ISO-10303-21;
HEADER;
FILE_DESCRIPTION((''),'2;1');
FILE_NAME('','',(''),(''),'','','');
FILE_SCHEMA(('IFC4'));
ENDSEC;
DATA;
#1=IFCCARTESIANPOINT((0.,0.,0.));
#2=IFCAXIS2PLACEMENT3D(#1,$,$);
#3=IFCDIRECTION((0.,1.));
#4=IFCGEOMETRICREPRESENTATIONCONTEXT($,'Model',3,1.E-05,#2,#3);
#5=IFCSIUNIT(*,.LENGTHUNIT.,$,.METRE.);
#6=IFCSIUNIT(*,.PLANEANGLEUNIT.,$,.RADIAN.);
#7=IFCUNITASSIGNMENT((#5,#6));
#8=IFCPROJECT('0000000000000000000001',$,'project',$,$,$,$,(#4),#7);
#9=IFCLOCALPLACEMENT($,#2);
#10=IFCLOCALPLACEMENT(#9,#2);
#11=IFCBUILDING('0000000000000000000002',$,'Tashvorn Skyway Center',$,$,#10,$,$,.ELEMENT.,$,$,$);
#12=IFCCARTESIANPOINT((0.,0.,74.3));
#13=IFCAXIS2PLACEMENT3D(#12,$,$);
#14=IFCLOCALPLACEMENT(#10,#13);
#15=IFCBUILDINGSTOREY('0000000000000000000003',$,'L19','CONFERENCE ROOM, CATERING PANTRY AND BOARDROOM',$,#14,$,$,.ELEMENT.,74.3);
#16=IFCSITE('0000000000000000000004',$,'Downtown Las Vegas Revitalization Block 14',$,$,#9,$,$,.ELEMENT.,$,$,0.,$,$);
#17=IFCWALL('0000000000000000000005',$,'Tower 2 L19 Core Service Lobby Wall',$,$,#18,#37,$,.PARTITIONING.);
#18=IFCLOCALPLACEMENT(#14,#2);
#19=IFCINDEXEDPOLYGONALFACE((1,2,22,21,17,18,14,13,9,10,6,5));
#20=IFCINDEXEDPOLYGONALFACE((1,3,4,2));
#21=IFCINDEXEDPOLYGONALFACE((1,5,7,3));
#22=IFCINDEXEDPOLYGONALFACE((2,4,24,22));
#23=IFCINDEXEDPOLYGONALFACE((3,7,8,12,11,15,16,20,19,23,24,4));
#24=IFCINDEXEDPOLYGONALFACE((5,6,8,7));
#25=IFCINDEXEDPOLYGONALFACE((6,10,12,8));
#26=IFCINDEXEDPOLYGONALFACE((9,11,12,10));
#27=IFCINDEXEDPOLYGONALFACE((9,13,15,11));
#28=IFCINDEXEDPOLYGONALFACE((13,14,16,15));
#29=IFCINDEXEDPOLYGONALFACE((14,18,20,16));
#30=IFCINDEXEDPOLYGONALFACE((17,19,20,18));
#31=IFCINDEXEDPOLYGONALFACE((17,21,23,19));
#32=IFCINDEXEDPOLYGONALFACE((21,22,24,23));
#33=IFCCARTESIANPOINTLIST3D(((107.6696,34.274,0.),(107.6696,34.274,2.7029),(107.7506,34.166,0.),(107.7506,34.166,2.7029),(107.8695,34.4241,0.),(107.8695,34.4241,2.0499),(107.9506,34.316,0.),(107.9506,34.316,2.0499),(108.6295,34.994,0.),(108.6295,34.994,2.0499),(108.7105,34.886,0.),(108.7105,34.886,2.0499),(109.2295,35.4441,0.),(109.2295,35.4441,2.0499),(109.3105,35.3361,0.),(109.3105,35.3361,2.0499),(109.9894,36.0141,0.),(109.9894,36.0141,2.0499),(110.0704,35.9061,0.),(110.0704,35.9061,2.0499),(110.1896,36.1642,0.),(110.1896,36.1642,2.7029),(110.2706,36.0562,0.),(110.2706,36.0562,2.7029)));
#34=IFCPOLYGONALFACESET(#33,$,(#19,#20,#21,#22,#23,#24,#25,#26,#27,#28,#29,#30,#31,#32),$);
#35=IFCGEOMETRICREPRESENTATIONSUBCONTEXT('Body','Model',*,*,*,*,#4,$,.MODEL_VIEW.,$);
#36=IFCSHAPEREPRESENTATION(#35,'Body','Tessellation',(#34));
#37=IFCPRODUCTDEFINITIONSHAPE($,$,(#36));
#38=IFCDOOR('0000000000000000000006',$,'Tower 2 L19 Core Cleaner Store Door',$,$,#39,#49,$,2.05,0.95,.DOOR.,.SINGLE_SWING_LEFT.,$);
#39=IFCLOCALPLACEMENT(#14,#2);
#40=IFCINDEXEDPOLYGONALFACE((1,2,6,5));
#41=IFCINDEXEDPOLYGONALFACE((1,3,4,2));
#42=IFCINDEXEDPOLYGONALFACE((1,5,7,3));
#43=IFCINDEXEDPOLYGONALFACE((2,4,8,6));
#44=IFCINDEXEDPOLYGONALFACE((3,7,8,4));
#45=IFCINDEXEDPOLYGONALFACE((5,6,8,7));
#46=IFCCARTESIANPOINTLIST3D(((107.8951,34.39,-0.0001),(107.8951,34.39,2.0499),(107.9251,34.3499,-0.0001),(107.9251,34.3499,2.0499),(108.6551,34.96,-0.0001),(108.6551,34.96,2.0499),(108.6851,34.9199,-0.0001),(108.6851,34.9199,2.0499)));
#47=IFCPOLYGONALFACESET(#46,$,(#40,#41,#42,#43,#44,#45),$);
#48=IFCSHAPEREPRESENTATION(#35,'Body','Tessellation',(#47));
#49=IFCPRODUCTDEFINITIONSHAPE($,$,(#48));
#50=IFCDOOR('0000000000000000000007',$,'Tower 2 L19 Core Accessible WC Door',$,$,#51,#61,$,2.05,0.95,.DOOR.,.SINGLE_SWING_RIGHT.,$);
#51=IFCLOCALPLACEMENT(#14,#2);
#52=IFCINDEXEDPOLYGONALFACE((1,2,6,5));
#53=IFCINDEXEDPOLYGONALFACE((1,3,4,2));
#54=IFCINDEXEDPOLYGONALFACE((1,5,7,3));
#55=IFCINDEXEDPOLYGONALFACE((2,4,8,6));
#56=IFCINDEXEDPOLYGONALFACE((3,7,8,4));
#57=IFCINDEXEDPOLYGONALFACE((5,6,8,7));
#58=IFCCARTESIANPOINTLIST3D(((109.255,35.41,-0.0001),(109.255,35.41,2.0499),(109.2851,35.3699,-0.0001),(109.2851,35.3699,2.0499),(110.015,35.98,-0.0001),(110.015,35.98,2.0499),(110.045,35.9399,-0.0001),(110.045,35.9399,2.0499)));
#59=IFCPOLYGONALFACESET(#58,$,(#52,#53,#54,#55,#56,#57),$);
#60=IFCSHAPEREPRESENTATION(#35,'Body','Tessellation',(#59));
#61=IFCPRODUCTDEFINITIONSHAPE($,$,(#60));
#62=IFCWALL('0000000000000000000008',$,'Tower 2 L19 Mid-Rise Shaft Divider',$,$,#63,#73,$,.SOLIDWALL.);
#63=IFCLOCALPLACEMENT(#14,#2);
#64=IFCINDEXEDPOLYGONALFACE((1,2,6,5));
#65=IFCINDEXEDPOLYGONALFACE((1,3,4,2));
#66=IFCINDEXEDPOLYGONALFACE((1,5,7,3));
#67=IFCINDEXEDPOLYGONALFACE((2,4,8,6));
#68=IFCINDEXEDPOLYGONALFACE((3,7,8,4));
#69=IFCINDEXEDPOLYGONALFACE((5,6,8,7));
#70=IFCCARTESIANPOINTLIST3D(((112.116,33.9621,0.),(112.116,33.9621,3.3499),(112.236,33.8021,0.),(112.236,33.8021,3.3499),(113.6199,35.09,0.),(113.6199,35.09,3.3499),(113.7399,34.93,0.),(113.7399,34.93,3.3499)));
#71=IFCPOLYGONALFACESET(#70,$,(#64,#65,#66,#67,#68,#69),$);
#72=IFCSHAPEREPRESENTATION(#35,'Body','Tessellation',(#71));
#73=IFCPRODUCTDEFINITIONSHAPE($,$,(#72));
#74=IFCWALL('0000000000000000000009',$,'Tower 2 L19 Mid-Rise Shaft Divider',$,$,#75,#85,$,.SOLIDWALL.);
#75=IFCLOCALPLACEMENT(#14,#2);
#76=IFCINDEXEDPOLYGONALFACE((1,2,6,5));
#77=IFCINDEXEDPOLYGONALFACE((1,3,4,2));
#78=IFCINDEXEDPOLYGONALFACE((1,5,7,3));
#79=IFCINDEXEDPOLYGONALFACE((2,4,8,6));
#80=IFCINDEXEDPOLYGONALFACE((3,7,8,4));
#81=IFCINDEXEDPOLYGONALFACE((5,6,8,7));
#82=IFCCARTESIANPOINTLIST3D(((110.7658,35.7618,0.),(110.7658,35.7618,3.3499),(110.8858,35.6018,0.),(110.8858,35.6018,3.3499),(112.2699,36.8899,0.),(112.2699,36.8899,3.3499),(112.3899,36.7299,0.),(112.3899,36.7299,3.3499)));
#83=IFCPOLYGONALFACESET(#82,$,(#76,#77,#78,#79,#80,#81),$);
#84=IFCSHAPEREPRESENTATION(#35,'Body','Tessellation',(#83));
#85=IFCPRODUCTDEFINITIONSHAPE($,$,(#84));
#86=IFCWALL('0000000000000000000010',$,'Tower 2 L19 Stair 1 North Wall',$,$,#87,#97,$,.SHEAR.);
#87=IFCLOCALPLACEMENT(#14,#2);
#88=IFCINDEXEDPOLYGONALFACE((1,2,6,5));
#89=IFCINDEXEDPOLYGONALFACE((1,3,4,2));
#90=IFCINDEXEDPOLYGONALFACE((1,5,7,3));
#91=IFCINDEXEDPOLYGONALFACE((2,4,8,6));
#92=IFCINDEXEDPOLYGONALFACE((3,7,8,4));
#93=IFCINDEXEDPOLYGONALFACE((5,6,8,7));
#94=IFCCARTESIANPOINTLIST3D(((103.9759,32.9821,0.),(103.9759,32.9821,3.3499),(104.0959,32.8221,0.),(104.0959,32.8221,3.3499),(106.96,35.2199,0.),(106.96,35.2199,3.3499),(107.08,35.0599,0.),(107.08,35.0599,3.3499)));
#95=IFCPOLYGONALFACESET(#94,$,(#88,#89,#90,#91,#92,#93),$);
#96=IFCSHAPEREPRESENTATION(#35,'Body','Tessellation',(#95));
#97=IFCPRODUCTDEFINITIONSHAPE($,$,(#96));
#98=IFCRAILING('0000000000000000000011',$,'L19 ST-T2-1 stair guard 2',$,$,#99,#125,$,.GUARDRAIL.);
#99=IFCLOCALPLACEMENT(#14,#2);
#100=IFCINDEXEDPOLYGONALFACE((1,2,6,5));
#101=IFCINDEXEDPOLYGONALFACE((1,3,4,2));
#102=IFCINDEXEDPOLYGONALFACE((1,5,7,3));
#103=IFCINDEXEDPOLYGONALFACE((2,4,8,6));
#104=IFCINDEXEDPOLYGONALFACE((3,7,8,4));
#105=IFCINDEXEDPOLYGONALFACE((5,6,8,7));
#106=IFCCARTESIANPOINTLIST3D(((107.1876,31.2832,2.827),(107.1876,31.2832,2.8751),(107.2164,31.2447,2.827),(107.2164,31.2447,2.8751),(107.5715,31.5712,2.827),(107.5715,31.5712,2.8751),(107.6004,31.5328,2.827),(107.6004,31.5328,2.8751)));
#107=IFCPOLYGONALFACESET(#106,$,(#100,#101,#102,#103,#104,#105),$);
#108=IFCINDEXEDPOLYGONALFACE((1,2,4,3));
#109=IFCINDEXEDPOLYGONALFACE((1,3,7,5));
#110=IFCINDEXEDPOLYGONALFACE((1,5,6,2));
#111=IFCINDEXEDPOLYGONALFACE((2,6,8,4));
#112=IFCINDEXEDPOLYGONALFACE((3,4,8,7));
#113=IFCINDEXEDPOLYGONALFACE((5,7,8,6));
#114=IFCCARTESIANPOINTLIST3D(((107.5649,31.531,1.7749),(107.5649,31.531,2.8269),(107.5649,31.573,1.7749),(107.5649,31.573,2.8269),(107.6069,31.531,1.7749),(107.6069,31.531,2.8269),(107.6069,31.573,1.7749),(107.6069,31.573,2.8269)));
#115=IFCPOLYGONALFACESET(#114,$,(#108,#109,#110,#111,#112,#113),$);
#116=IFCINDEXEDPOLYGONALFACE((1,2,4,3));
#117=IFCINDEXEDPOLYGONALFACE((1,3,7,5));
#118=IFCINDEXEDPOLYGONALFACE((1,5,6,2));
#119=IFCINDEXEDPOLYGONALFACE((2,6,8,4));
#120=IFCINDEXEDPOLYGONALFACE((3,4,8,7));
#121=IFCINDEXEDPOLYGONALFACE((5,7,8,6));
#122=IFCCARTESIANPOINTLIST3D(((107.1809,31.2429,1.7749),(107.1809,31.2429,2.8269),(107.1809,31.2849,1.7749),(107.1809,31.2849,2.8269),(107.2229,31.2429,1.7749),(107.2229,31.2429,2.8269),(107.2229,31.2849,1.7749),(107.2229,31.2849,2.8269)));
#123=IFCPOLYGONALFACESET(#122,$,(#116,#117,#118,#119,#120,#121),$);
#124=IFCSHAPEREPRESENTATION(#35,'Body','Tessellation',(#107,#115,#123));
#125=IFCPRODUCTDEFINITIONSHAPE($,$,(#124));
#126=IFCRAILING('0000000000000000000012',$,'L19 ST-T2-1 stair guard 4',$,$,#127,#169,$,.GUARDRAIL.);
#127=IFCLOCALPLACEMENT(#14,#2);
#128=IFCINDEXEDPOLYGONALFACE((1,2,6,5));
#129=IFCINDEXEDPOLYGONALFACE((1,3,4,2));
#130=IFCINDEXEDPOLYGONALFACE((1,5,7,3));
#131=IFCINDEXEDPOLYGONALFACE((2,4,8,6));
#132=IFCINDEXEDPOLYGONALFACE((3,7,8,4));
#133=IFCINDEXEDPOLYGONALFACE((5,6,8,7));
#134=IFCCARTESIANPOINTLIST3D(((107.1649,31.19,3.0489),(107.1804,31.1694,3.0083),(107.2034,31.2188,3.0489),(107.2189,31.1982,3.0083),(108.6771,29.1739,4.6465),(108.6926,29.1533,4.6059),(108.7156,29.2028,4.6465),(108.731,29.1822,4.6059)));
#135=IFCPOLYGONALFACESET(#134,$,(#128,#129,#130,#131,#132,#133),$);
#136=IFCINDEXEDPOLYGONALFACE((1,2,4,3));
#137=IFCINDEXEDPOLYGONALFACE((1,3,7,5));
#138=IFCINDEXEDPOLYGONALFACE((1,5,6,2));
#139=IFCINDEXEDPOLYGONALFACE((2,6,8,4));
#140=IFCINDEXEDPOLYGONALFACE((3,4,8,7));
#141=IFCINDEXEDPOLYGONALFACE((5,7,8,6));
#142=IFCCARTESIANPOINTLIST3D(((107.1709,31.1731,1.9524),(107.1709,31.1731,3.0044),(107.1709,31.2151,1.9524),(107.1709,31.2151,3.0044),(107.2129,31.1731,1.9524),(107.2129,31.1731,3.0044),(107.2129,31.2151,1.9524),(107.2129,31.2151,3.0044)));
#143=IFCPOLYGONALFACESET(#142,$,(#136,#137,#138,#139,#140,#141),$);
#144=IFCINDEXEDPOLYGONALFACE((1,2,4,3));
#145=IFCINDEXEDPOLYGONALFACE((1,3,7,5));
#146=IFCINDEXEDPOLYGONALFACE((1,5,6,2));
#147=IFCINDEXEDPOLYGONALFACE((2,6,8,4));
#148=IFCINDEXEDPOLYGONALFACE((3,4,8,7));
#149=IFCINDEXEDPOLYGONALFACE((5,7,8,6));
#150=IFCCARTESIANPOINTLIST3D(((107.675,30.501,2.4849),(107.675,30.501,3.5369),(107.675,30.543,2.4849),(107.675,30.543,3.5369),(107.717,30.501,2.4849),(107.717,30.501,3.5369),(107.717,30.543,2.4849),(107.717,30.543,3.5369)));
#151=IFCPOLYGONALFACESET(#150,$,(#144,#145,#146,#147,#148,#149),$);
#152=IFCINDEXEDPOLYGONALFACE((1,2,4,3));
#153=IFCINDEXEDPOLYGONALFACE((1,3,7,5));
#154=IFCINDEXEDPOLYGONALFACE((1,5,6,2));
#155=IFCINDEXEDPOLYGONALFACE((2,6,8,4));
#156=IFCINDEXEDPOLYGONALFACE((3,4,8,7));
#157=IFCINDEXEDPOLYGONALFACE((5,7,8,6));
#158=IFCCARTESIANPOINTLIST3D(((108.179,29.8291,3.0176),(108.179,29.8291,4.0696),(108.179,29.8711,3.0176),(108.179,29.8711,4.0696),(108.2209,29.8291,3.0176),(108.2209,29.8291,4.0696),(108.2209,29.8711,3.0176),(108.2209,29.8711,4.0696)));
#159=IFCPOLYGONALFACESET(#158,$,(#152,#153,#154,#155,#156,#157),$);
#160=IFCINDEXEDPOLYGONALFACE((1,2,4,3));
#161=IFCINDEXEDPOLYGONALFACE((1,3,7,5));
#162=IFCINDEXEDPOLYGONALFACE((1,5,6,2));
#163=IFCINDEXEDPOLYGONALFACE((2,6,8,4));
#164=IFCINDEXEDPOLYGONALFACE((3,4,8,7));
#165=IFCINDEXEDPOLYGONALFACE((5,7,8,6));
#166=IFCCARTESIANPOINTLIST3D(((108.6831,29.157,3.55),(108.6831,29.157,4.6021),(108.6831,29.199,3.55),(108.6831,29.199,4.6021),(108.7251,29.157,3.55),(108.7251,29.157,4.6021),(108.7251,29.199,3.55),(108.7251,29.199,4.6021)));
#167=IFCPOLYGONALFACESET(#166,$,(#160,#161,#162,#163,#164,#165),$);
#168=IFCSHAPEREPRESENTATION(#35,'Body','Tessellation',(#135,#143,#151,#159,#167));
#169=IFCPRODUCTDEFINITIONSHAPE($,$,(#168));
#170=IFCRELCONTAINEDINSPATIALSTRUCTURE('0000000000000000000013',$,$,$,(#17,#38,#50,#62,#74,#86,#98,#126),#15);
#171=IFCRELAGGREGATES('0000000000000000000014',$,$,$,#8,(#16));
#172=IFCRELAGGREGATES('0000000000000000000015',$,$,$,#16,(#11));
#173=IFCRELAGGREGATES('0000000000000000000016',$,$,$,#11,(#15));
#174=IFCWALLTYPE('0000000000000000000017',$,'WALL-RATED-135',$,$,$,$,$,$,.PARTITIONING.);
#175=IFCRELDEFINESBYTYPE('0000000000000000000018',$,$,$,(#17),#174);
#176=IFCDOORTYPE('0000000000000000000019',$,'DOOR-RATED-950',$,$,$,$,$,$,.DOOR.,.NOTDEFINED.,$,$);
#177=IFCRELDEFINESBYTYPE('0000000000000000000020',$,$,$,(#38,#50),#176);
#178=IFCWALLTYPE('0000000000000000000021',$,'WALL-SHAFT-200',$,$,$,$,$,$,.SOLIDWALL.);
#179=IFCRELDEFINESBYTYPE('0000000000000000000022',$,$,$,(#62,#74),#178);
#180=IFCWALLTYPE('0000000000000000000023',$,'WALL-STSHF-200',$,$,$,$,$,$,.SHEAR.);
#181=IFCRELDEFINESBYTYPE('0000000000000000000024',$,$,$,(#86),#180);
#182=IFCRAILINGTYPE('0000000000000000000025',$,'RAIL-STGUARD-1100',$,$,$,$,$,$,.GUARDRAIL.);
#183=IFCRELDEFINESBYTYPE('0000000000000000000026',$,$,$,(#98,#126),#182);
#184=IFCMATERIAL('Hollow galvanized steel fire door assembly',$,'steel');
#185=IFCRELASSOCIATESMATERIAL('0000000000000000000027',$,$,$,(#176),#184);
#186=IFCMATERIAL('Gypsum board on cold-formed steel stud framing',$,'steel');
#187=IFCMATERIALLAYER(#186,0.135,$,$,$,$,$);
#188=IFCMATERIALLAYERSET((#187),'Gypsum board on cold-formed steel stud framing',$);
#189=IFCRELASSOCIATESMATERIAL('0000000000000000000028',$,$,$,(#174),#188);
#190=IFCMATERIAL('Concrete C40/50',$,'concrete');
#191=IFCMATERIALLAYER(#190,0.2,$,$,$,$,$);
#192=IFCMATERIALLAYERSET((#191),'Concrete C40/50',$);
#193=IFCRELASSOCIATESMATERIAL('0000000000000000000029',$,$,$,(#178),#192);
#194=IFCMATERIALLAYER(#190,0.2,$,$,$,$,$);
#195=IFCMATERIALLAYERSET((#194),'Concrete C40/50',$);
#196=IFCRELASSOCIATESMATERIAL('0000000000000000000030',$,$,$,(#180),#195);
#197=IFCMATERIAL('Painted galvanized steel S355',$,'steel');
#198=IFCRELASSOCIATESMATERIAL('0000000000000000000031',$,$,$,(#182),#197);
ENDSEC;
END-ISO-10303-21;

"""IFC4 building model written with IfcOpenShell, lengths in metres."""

from ifc_helpers import new_model, si_unit, direction, frame, frame_2d, origin, origin_2d, place, context, subcontext, project, spatial, rectangle, extrude, material, layer, layer_set, type_object, element, fill, save


model = new_model("IFC4")

# Units and contexts
model_context = context("Model", 3, precision=1e-05, world=origin(), true_north=direction((0.0, 1.0)))
body_context = subcontext(model_context, "Body", "Model", "MODEL_VIEW")
ifc_project = project(units=[si_unit("LENGTHUNIT", "METRE"), si_unit("PLANEANGLEUNIT", "RADIAN")], contexts=[model_context])

# Site, building, storey
site_placement = place(None, origin())
site = spatial("IfcSite", under=ifc_project, at=site_placement, Name="Downtown Las Vegas Revitalization Block 14", CompositionType="ELEMENT", RefElevation=0.0)
building_placement = place(site_placement, origin())
building = spatial("IfcBuilding", under=site, at=building_placement, Name="Tashvorn Skyway Center", CompositionType="ELEMENT")
storey_placement = place(building_placement, frame((0.0, 0.0, 74.3)))
storey = spatial("IfcBuildingStorey", under=building, at=storey_placement, Name="L19", Description="CONFERENCE ROOM, CATERING PANTRY AND BOARDROOM", CompositionType="ELEMENT", Elevation=74.3)

# Shared definitions
ifc_material_1 = material(Name="Hollow galvanized steel fire door assembly", Category="steel")
ifc_material_2 = material(Name="Concrete C40/50", Category="concrete")
door_type_1 = type_object("IfcDoorType", Name="DOOR-RATED-950", OperationType="NOTDEFINED", PredefinedType="DOOR", material=ifc_material_1)

# Shared definitions
ifc_material_3 = material(Name="Gypsum board on cold-formed steel stud framing", Category="steel")

# Wall, openings, doors
ifc_layer_1 = layer(ifc_material_3, 0.135)
ifc_layer_set_1 = layer_set([ifc_layer_1], Name="Gypsum board on cold-formed steel stud framing")
wall_type_1 = type_object("IfcWallType", Name="WALL-RATED-135", PredefinedType="PARTITIONING", material=ifc_layer_set_1)
wall_1_placement = place(storey_placement, frame((107.71, 34.22, 0.0), z_axis=(0.0, 0.0, 1.0), x_axis=(0.799981, 0.600025, 0.0)))
wall_1 = element("IfcWall", 1, at=wall_1_placement, inside=storey, type_object=wall_type_1, Name="Tower 2 L19 Core Service Lobby Wall", PredefinedType="PARTITIONING", context=body_context, shape_type="SweptSolid", body=[
    extrude(rectangle(XDim=3.1501, YDim=0.135, at=frame_2d((1.5752, 0.0))), origin(), (0.0, 0.0, 1.0), 2.7029),
])
opening_1_placement = place(wall_1_placement, frame((0.25, 0.0, 0.0)))
opening_1 = element("IfcOpeningElement", 2, at=opening_1_placement, cuts=wall_1, PredefinedType="OPENING", context=body_context, shape_type="SweptSolid", body=[
    extrude(rectangle(XDim=0.95, YDim=2.05, at=frame_2d((0.4751, 1.0249))), frame((0.0, 0.0774, 0.0), z_axis=(0.0, -1.0, 0.0), x_axis=(1.0, 0.0, 0.0)), (0.0, 0.0, 1.0), 0.155),
])
opening_2_placement = place(wall_1_placement, frame((1.95, 0.0, 0.0)))
opening_2 = element("IfcOpeningElement", 3, at=opening_2_placement, cuts=wall_1, PredefinedType="OPENING", context=body_context, shape_type="SweptSolid", body=[
    extrude(rectangle(XDim=0.95, YDim=2.05, at=frame_2d((0.4751, 1.0249))), frame((0.0, 0.0774, 0.0), z_axis=(0.0, -1.0, 0.0), x_axis=(1.0, 0.0, 0.0)), (0.0, 0.0, 1.0), 0.155),
])
door_1_placement = place(opening_1_placement, origin())
door_1 = element("IfcDoor", 4, at=door_1_placement, inside=storey, type_object=door_type_1, Name="Tower 2 L19 Core Cleaner Store Door", OperationType="SINGLE_SWING_LEFT", OverallHeight=2.05, OverallWidth=0.95, PredefinedType="DOOR", context=body_context, shape_type="SweptSolid", body=[
    extrude(rectangle(XDim=0.95, YDim=2.05, at=frame_2d((0.4751, 1.0249))), frame((0.0, 0.0249, 0.0), z_axis=(0.0, -1.0, 0.0), x_axis=(1.0, 0.0, 0.0)), (0.0, 0.0, 1.0), 0.05),
])
fill(opening_1, door_1)
door_2_placement = place(opening_2_placement, origin())
door_2 = element("IfcDoor", 5, at=door_2_placement, inside=storey, type_object=door_type_1, Name="Tower 2 L19 Core Accessible WC Door", OperationType="SINGLE_SWING_RIGHT", OverallHeight=2.05, OverallWidth=0.95, PredefinedType="DOOR", context=body_context, shape_type="SweptSolid", body=[
    extrude(rectangle(XDim=0.95, YDim=2.05, at=frame_2d((0.4751, 1.0249))), frame((0.0, 0.0249, 0.0), z_axis=(0.0, -1.0, 0.0), x_axis=(1.0, 0.0, 0.0)), (0.0, 0.0, 1.0), 0.05),
])
fill(opening_2, door_2)

# Walls
ifc_layer_2 = layer(ifc_material_2, 0.2)
ifc_layer_set_2 = layer_set([ifc_layer_2], Name="Concrete C40/50")
wall_type_2 = type_object("IfcWallType", Name="WALL-SHAFT-200", PredefinedType="SOLIDWALL", material=ifc_layer_set_2)
wall_2_placement = place(storey_placement, frame((112.176, 33.8821, 0.0), z_axis=(0.0, 0.0, 1.0), x_axis=(0.8, 0.6, 0.0)))
element("IfcWall", 6, at=wall_2_placement, inside=storey, type_object=wall_type_2, Name="Tower 2 L19 Mid-Rise Shaft Divider", PredefinedType="SOLIDWALL", context=body_context, shape_type="SweptSolid", body=[
    extrude(rectangle(XDim=1.8799, YDim=0.2, at=frame_2d((0.9399, 0.0))), origin(), (0.0, 0.0, 1.0), 3.3499),
])
wall_3_placement = place(storey_placement, frame((110.8259, 35.6819, 0.0), z_axis=(0.0, 0.0, 1.0), x_axis=(0.799984, 0.600021, 0.0)))
element("IfcWall", 7, at=wall_3_placement, inside=storey, type_object=wall_type_2, Name="Tower 2 L19 Mid-Rise Shaft Divider", PredefinedType="SOLIDWALL", context=body_context, shape_type="SweptSolid", body=[
    extrude(rectangle(XDim=1.8801, YDim=0.2, at=frame_2d((0.9399, 0.0))), origin(), (0.0, 0.0, 1.0), 3.3499),
])
ifc_layer_3 = layer(ifc_material_2, 0.2)
ifc_layer_set_3 = layer_set([ifc_layer_3], Name="Concrete C40/50")
wall_type_3 = type_object("IfcWallType", Name="WALL-STSHF-200", PredefinedType="SHEAR", material=ifc_layer_set_3)
wall_4_placement = place(storey_placement, frame((104.0359, 32.9021, 0.0), z_axis=(0.0, 0.0, 1.0), x_axis=(0.800039, 0.599948, 0.0)))
element("IfcWall", 8, at=wall_4_placement, inside=storey, type_object=wall_type_3, Name="Tower 2 L19 Stair 1 North Wall", PredefinedType="SHEAR", context=body_context, shape_type="SweptSolid", body=[
    extrude(rectangle(XDim=3.73, YDim=0.2, at=frame_2d((1.865, 0.0))), origin(), (0.0, 0.0, 1.0), 3.3499),
])

# Railings
ifc_material_4 = material(Name="Painted galvanized steel S355", Category="steel")
railing_type = type_object("IfcRailingType", Name="RAIL-STGUARD-1100", PredefinedType="GUARDRAIL", material=ifc_material_4)
railing_1_placement = place(storey_placement, frame((107.5859, 31.552, 1.7749)))
element("IfcRailing", 9, at=railing_1_placement, inside=storey, type_object=railing_type, Name="L19 ST-T2-1 stair guard 2", PredefinedType="GUARDRAIL", context=body_context, shape_type="SweptSolid", body=[
    extrude(rectangle(XDim=0.0481, YDim=0.0481, at=origin_2d()), frame((0.0, 0.0, 1.0762), z_axis=(-0.799939, -0.600081, 0.0), x_axis=(0.600081, -0.799939, 0.0)), (0.0, 0.0, 1.0), 0.48),
    extrude(rectangle(XDim=0.042, YDim=0.042, at=origin_2d()), origin(), (0.0, 0.0, 1.0), 1.052),
    extrude(rectangle(XDim=0.042, YDim=0.042, at=origin_2d()), frame((-0.384, -0.2881, 0.0)), (0.0, 0.0, 1.0), 1.052),
])
railing_2_placement = place(storey_placement, frame((107.1919, 31.1941, 1.9524)))
element("IfcRailing", 10, at=railing_2_placement, inside=storey, type_object=railing_type, Name="L19 ST-T2-1 stair guard 4", PredefinedType="GUARDRAIL", context=body_context, shape_type="SweptSolid", body=[
    extrude(rectangle(XDim=0.0481, YDim=0.0481, at=origin_2d()), frame((0.0, 0.0, 1.0762), z_axis=(0.506779, -0.675651, 0.535416), x_axis=(0.799977, 0.600031, 0.0)), (0.0, 0.0, 1.0), 2.9839),
    extrude(rectangle(XDim=0.042, YDim=0.042, at=origin_2d()), origin(), (0.0, 0.0, 1.0), 1.052),
    extrude(rectangle(XDim=0.042, YDim=0.042, at=origin_2d()), frame((0.5042, -0.6721, 0.5325)), (0.0, 0.0, 1.0), 1.052),
    extrude(rectangle(XDim=0.042, YDim=0.042, at=origin_2d()), frame((1.0081, -1.344, 1.0652)), (0.0, 0.0, 1.0), 1.052),
    extrude(rectangle(XDim=0.042, YDim=0.042, at=origin_2d()), frame((1.5122, -2.0161, 1.5977)), (0.0, 0.0, 1.0), 1.052),
])

save(model, "model.ifc")
